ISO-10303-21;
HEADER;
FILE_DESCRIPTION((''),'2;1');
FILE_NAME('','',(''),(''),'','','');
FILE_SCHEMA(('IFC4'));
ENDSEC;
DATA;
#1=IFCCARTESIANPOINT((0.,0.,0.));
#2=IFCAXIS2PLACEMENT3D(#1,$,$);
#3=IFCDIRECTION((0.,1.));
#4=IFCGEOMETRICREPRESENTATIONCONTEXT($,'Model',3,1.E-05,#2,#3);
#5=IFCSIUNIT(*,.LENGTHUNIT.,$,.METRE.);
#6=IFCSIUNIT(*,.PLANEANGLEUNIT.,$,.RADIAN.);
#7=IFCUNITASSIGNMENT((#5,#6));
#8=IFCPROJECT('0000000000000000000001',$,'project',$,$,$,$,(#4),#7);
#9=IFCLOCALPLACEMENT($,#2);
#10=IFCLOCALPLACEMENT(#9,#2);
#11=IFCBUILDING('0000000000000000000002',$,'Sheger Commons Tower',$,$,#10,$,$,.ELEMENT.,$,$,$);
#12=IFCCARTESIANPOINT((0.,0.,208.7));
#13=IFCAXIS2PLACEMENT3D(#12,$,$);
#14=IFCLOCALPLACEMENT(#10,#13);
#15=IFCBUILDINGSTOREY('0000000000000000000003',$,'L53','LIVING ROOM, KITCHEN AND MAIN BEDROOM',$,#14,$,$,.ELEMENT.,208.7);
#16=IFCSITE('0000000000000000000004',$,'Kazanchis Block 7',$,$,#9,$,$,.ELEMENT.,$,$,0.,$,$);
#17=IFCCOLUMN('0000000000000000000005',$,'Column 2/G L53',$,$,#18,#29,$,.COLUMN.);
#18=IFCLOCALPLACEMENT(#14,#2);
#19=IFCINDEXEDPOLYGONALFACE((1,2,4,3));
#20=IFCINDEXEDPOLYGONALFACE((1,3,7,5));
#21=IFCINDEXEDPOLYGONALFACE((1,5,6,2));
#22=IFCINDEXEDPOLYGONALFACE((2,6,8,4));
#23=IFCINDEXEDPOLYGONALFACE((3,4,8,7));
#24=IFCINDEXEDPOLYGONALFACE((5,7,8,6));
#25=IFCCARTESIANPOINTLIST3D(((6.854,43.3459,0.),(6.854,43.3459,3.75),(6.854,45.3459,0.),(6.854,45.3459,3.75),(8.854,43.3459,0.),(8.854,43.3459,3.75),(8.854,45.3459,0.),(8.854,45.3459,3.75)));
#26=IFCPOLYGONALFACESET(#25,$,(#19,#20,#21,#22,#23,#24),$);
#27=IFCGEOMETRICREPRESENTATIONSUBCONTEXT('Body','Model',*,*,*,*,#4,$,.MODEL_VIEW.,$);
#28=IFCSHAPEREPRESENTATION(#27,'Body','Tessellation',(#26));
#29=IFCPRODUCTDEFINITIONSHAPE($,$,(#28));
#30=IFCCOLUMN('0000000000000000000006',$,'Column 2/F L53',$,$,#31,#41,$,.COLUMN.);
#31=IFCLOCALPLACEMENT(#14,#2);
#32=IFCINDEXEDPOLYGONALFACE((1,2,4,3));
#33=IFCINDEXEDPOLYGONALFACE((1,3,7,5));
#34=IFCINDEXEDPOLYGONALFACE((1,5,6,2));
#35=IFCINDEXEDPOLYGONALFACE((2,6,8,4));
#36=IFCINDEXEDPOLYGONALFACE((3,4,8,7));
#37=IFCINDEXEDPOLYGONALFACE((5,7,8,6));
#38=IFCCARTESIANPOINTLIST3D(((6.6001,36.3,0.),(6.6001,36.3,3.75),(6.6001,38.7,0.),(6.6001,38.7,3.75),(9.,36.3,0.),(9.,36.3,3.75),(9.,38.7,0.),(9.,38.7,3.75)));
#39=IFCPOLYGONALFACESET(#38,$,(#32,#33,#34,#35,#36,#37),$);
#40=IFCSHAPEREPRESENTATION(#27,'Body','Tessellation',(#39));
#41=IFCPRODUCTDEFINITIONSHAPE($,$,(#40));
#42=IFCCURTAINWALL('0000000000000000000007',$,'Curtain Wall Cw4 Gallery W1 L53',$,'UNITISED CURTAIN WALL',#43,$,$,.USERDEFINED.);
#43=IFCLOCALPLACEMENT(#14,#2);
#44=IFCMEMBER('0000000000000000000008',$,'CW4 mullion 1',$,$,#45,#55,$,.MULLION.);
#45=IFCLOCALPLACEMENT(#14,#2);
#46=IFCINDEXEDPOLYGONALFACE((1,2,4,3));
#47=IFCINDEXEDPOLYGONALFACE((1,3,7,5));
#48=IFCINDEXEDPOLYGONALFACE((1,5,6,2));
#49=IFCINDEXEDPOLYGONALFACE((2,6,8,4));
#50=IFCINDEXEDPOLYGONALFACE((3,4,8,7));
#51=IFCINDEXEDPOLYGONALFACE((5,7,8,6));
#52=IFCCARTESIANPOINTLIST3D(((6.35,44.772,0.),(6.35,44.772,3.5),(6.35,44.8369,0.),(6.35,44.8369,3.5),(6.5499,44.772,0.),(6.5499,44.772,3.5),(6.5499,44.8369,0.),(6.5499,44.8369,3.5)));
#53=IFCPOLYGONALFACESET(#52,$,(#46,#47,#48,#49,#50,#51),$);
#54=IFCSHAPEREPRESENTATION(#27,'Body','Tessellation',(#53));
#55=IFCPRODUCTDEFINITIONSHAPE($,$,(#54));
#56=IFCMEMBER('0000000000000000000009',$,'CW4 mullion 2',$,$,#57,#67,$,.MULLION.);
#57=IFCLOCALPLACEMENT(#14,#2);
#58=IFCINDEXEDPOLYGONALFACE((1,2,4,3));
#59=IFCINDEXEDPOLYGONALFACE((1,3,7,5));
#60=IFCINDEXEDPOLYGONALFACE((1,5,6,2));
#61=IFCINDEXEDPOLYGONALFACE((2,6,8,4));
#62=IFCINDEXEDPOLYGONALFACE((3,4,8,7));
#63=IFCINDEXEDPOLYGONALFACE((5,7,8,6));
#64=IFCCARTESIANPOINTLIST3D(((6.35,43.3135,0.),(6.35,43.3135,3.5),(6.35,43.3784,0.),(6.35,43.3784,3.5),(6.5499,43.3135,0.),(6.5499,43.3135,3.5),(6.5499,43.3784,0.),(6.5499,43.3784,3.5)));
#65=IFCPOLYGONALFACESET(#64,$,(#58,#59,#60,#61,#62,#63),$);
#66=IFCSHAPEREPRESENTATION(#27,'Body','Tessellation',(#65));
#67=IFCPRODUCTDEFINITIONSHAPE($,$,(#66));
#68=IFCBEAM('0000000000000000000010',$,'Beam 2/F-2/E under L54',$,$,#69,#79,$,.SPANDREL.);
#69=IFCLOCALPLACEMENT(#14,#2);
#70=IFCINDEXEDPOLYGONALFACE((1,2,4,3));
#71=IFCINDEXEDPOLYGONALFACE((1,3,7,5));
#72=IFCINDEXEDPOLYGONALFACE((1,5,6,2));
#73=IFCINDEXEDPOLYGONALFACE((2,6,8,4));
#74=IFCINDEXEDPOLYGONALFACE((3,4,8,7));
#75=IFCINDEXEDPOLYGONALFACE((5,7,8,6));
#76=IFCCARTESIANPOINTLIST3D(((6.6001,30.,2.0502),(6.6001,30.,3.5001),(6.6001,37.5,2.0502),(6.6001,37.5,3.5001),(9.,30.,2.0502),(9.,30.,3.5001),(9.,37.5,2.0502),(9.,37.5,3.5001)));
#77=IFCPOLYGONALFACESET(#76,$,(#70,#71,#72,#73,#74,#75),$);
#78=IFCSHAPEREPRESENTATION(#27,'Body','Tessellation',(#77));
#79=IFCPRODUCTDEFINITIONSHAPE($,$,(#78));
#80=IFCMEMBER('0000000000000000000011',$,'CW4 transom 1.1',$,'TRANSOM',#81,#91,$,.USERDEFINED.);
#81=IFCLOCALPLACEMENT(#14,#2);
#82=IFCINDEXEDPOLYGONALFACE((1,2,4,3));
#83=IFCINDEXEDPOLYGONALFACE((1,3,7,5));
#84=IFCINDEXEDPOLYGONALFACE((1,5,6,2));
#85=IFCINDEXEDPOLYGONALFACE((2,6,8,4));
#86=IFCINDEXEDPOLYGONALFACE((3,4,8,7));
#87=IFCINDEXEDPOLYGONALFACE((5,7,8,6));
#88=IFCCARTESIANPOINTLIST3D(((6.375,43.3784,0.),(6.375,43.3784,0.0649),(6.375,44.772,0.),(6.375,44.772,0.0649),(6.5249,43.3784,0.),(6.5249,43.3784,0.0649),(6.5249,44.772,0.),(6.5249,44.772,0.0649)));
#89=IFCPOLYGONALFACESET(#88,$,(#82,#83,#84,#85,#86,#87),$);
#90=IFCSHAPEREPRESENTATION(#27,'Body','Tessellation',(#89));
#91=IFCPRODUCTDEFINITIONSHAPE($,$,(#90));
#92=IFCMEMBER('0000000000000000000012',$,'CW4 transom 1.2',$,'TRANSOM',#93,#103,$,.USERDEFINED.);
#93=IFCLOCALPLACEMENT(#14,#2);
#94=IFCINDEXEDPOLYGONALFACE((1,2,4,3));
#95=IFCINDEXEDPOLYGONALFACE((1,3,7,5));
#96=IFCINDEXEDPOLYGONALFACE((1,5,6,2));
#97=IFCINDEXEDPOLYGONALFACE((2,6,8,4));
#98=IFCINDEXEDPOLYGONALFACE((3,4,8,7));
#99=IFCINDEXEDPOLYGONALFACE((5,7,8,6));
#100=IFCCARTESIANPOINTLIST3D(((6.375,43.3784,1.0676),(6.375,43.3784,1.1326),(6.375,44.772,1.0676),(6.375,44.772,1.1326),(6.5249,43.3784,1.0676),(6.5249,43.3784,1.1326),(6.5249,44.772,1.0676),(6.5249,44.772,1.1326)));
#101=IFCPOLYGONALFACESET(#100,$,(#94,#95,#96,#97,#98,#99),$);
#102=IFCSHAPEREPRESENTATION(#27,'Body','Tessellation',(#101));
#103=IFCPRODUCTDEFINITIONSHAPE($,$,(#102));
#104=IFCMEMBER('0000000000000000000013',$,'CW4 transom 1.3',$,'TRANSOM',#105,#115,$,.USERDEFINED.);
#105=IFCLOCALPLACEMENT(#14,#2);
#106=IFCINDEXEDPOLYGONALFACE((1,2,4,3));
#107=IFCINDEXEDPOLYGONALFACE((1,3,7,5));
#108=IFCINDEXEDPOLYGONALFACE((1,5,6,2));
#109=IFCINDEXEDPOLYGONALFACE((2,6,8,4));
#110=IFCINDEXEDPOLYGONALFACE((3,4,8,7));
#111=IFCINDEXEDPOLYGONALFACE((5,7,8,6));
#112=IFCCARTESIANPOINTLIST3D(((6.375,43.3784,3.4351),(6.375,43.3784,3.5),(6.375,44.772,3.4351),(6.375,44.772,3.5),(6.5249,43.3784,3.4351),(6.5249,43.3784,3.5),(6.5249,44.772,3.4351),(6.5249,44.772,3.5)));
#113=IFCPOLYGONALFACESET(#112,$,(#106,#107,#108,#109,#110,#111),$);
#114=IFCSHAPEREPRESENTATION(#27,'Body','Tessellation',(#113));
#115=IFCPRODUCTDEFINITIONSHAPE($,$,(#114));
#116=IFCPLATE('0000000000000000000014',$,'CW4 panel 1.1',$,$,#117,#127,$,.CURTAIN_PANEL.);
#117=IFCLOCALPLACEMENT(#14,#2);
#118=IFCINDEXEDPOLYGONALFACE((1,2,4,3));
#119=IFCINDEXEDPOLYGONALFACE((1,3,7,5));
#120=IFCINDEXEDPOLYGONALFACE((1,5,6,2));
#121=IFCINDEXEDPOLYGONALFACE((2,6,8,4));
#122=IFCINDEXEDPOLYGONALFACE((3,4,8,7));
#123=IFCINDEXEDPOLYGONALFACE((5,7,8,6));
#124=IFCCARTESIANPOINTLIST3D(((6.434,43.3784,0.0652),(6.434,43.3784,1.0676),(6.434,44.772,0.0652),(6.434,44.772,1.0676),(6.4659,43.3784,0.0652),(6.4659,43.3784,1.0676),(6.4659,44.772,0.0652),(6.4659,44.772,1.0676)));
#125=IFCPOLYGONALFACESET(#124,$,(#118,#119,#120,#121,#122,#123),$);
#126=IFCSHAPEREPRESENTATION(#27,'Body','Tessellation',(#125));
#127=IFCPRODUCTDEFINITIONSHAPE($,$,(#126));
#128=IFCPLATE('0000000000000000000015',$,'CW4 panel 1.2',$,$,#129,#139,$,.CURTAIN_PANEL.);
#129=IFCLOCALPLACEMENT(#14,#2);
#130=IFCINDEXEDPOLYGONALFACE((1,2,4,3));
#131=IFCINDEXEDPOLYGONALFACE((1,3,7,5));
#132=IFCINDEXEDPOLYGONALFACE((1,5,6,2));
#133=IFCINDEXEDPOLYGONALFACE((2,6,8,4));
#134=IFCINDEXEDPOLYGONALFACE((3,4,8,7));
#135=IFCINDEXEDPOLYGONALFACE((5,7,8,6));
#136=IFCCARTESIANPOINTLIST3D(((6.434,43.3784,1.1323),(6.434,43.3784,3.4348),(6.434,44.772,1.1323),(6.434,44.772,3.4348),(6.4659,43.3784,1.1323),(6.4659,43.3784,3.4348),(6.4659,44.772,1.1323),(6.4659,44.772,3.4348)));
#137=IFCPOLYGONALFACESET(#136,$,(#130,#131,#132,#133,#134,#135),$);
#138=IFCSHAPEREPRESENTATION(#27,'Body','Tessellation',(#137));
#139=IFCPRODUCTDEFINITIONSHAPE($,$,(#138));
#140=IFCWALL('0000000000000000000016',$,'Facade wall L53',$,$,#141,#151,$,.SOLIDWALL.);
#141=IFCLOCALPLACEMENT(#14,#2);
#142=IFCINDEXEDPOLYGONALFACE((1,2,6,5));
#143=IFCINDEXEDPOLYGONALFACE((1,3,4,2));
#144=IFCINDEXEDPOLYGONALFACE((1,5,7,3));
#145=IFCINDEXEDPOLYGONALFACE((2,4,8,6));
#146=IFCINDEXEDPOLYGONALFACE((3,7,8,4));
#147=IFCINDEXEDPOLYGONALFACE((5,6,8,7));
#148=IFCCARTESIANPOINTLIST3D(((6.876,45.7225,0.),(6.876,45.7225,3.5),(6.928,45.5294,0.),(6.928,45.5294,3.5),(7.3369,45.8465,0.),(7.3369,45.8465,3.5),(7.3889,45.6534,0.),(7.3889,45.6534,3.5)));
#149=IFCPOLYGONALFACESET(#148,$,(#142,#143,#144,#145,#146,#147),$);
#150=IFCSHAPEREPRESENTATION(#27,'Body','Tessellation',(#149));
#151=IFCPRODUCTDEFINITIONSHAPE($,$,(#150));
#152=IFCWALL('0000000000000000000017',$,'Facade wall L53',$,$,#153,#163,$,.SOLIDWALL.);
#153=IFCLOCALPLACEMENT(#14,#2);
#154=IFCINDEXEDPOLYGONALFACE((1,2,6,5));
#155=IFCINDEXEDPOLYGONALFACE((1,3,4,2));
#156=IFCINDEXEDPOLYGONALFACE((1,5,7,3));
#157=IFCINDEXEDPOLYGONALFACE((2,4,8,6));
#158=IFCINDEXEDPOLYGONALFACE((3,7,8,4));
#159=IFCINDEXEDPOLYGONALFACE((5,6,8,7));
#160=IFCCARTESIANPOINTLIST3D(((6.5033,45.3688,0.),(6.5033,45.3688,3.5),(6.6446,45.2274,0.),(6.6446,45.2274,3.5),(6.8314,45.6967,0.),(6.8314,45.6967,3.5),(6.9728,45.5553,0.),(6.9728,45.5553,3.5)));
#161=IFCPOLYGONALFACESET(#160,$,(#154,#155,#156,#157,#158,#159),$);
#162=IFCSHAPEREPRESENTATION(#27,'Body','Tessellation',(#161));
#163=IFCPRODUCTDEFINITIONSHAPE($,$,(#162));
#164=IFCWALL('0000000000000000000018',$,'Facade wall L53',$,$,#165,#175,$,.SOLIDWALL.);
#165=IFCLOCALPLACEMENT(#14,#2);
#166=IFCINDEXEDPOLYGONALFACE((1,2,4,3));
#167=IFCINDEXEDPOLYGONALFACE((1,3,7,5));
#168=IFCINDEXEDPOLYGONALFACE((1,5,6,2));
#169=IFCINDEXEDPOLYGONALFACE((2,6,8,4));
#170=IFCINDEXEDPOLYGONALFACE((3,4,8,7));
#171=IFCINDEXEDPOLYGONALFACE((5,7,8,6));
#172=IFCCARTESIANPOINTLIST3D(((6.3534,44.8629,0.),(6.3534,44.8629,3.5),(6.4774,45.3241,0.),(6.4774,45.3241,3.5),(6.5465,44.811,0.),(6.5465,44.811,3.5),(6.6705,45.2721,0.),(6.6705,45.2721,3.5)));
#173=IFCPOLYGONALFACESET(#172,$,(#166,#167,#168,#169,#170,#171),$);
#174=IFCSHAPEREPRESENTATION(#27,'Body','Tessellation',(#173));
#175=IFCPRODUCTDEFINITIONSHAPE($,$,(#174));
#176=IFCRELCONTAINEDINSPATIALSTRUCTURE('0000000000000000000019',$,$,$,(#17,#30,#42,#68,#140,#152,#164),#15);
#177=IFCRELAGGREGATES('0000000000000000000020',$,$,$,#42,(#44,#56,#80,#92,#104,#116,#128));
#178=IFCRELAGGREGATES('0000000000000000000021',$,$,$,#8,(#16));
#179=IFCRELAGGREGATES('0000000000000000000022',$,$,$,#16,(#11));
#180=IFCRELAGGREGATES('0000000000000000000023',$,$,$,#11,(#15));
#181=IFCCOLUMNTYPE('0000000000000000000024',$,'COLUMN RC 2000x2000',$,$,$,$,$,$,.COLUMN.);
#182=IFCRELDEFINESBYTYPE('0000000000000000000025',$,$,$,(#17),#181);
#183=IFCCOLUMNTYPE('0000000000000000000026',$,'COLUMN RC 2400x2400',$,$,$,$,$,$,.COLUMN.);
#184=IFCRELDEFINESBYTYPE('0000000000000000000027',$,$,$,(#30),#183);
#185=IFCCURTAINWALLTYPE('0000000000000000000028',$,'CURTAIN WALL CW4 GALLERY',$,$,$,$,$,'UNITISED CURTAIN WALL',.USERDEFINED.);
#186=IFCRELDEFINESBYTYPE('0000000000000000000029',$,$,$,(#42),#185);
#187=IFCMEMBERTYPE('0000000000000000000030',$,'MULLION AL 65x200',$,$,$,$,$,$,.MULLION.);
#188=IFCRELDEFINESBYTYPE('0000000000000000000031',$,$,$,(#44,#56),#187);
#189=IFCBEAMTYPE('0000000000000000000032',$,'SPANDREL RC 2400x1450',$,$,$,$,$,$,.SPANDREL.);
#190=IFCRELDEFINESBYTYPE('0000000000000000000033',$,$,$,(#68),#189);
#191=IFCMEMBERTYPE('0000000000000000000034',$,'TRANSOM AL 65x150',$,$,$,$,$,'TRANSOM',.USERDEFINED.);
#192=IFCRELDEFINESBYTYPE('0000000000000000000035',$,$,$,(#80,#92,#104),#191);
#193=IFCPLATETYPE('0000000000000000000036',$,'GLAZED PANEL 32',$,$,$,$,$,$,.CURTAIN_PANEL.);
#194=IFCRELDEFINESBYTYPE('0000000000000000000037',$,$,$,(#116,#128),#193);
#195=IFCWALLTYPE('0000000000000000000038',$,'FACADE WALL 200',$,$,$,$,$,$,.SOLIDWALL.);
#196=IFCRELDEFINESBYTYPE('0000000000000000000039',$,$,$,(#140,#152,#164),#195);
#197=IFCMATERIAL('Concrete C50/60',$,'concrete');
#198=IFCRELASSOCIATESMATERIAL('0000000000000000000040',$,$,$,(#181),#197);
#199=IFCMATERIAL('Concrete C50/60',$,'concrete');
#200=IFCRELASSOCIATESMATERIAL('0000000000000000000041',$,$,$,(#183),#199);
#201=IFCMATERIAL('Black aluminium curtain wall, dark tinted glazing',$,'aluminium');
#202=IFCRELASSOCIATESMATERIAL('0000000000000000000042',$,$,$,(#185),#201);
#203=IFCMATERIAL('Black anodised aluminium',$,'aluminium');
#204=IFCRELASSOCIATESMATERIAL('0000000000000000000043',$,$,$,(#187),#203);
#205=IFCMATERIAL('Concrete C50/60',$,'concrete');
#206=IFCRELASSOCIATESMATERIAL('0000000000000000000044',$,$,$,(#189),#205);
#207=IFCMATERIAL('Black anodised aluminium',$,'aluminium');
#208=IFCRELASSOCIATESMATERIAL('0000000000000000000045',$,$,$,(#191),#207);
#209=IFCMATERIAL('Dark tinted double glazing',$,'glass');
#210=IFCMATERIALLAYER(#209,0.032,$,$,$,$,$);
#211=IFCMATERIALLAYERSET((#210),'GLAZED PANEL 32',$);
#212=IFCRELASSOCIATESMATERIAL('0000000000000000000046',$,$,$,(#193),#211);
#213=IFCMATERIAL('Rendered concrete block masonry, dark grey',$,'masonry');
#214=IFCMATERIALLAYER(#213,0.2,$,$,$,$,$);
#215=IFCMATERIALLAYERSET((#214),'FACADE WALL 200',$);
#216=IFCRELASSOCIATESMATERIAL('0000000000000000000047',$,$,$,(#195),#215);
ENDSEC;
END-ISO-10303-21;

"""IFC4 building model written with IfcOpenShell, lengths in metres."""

from ifc_helpers import new_model, si_unit, direction, frame, frame_2d, origin, origin_2d, place, context, subcontext, project, spatial, rectangle, extrude, material, layer, layer_set, material_profile, profile_set, type_object, element, aggregate, save


model = new_model("IFC4")

# Units and contexts
model_context = context("Model", 3, precision=1e-05, world=origin(), true_north=direction((0.0, 1.0)))
body_context = subcontext(model_context, "Body", "Model", "MODEL_VIEW")
ifc_project = project(units=[si_unit("LENGTHUNIT", "METRE"), si_unit("PLANEANGLEUNIT", "RADIAN")], contexts=[model_context])

# Site, building, storey
site_placement = place(None, origin())
site = spatial("IfcSite", under=ifc_project, at=site_placement, Name="Kazanchis Block 7", CompositionType="ELEMENT", RefElevation=0.0)
building_placement = place(site_placement, origin())
building = spatial("IfcBuilding", under=site, at=building_placement, Name="Sheger Commons Tower", CompositionType="ELEMENT")
storey_placement = place(building_placement, frame((0.0, 0.0, 208.7)))
storey = spatial("IfcBuildingStorey", under=building, at=storey_placement, Name="L53", Description="LIVING ROOM, KITCHEN AND MAIN BEDROOM", CompositionType="ELEMENT", Elevation=208.7)

# Columns
ifc_material_1 = material(Name="Concrete C50/60", Category="concrete")
ifc_material_profile_1 = material_profile(ifc_material_1, rectangle(XDim=2.0, YDim=2.0, at=origin_2d()), Name="RC 2000x2000")
ifc_profile_set_1 = profile_set([ifc_material_profile_1], Name="Concrete C50/60")
column_type_1 = type_object("IfcColumnType", Name="COLUMN RC 2000x2000", PredefinedType="COLUMN", material=ifc_profile_set_1)
column_1_placement = place(storey_placement, frame((7.854, 44.3459, 0.0), z_axis=(0.0, 0.0, 1.0), x_axis=(1.0, 0.0, 0.0)))
element("IfcColumn", 1, at=column_1_placement, inside=storey, type_object=column_type_1, Name="Column 2/G L53", PredefinedType="COLUMN", context=body_context, shape_type="SweptSolid", body=[
    extrude(rectangle(XDim=2.0, YDim=2.0, at=origin_2d()), origin(), (0.0, 0.0, 1.0), 3.75),
])
ifc_material_2 = material(Name="Concrete C50/60", Category="concrete")
ifc_material_profile_2 = material_profile(ifc_material_2, rectangle(XDim=2.3999, YDim=2.3999, at=origin_2d()), Name="RC 2400x2400")
ifc_profile_set_2 = profile_set([ifc_material_profile_2], Name="Concrete C50/60")
column_type_2 = type_object("IfcColumnType", Name="COLUMN RC 2400x2400", PredefinedType="COLUMN", material=ifc_profile_set_2)
column_2_placement = place(storey_placement, frame((7.8, 37.5, 0.0), z_axis=(0.0, 0.0, 1.0), x_axis=(1.0, 0.0, 0.0)))
element("IfcColumn", 2, at=column_2_placement, inside=storey, type_object=column_type_2, Name="Column 2/F L53", PredefinedType="COLUMN", context=body_context, shape_type="SweptSolid", body=[
    extrude(rectangle(XDim=2.3999, YDim=2.3999, at=origin_2d()), origin(), (0.0, 0.0, 1.0), 3.75),
])

# Curtain wall, members
ifc_material_3 = material(Name="Black aluminium curtain wall, dark tinted glazing", Category="aluminium")
curtain_wall_type = type_object("IfcCurtainWallType", Name="CURTAIN WALL CW4 GALLERY", ElementType="UNITISED CURTAIN WALL", PredefinedType="USERDEFINED", material=ifc_material_3)
curtain_wall_placement = place(storey_placement, origin())
curtain_wall = element("IfcCurtainWall", 3, at=curtain_wall_placement, inside=storey, type_object=curtain_wall_type, Name="Curtain Wall Cw4 Gallery W1 L53", ObjectType="UNITISED CURTAIN WALL", PredefinedType="USERDEFINED")
ifc_material_4 = material(Name="Black anodised aluminium", Category="aluminium")
ifc_material_profile_3 = material_profile(ifc_material_4, rectangle(XDim=0.2, YDim=0.0649, at=origin_2d()), Name="AL 65x200")
ifc_profile_set_3 = profile_set([ifc_material_profile_3], Name="Black anodised aluminium")
member_type_1 = type_object("IfcMemberType", Name="MULLION AL 65x200", PredefinedType="MULLION", material=ifc_profile_set_3)
member_1_placement = place(storey_placement, frame((6.45, 44.8044, 0.0), z_axis=(0.0, 0.0, 1.0), x_axis=(1.0, 0.0, 0.0)))
member_1 = element("IfcMember", 4, at=member_1_placement, type_object=member_type_1, Name="CW4 mullion 1", PredefinedType="MULLION", context=body_context, shape_type="SweptSolid", body=[
    extrude(rectangle(XDim=0.2, YDim=0.0649, at=origin_2d()), origin(), (0.0, 0.0, 1.0), 3.5),
])
member_2_placement = place(storey_placement, frame((6.45, 43.3459, 0.0), z_axis=(0.0, 0.0, 1.0), x_axis=(1.0, 0.0, 0.0)))
member_2 = element("IfcMember", 5, at=member_2_placement, type_object=member_type_1, Name="CW4 mullion 2", PredefinedType="MULLION", context=body_context, shape_type="SweptSolid", body=[
    extrude(rectangle(XDim=0.2, YDim=0.0649, at=origin_2d()), origin(), (0.0, 0.0, 1.0), 3.5),
])

# Beam
ifc_material_5 = material(Name="Concrete C50/60", Category="concrete")
ifc_material_profile_4 = material_profile(ifc_material_5, rectangle(XDim=2.3999, YDim=1.45, at=origin_2d()), Name="RC 2400x1450")
ifc_profile_set_4 = profile_set([ifc_material_profile_4], Name="Concrete C50/60")
beam_type = type_object("IfcBeamType", Name="SPANDREL RC 2400x1450", PredefinedType="SPANDREL", material=ifc_profile_set_4)
beam_placement = place(storey_placement, frame((7.8, 37.5, 2.7751), z_axis=(0.0, -1.0, 0.0), x_axis=(1.0, 0.0, 0.0)))
element("IfcBeam", 6, at=beam_placement, inside=storey, type_object=beam_type, Name="Beam 2/F-2/E under L54", PredefinedType="SPANDREL", context=body_context, shape_type="SweptSolid", body=[
    extrude(rectangle(XDim=2.3999, YDim=1.45, at=origin_2d()), origin(), (0.0, 0.0, 1.0), 7.5),
])

# Members
ifc_material_6 = material(Name="Black anodised aluminium", Category="aluminium")
ifc_material_profile_5 = material_profile(ifc_material_6, rectangle(XDim=0.1499, YDim=0.0649, at=origin_2d()), Name="AL 65x150")
ifc_profile_set_5 = profile_set([ifc_material_profile_5], Name="Black anodised aluminium")
member_type_2 = type_object("IfcMemberType", Name="TRANSOM AL 65x150", ElementType="TRANSOM", PredefinedType="USERDEFINED", material=ifc_profile_set_5)
member_3_placement = place(storey_placement, frame((6.45, 44.772, 0.0325), z_axis=(0.0, -1.0, 0.0), x_axis=(1.0, 0.0, 0.0)))
member_3 = element("IfcMember", 7, at=member_3_placement, type_object=member_type_2, Name="CW4 transom 1.1", ObjectType="TRANSOM", PredefinedType="USERDEFINED", context=body_context, shape_type="SweptSolid", body=[
    extrude(rectangle(XDim=0.1499, YDim=0.0649, at=origin_2d()), origin(), (0.0, 0.0, 1.0), 1.3936),
])
member_4_placement = place(storey_placement, frame((6.45, 44.772, 1.1001), z_axis=(0.0, -1.0, 0.0), x_axis=(1.0, 0.0, 0.0)))
member_4 = element("IfcMember", 8, at=member_4_placement, type_object=member_type_2, Name="CW4 transom 1.2", ObjectType="TRANSOM", PredefinedType="USERDEFINED", context=body_context, shape_type="SweptSolid", body=[
    extrude(rectangle(XDim=0.1499, YDim=0.0649, at=origin_2d()), origin(), (0.0, 0.0, 1.0), 1.3936),
])
member_5_placement = place(storey_placement, frame((6.45, 44.772, 3.4675), z_axis=(0.0, -1.0, 0.0), x_axis=(1.0, 0.0, 0.0)))
member_5 = element("IfcMember", 9, at=member_5_placement, type_object=member_type_2, Name="CW4 transom 1.3", ObjectType="TRANSOM", PredefinedType="USERDEFINED", context=body_context, shape_type="SweptSolid", body=[
    extrude(rectangle(XDim=0.1499, YDim=0.0649, at=origin_2d()), origin(), (0.0, 0.0, 1.0), 1.3936),
])

# Plates
ifc_material_7 = material(Name="Dark tinted double glazing", Category="glass")
ifc_layer_1 = layer(ifc_material_7, 0.032)
ifc_layer_set_1 = layer_set([ifc_layer_1], Name="GLAZED PANEL 32")
plate_type = type_object("IfcPlateType", Name="GLAZED PANEL 32", PredefinedType="CURTAIN_PANEL", material=ifc_layer_set_1)
plate_1_placement = place(storey_placement, frame((6.45, 44.0752, 0.0652), z_axis=(0.0, 0.0, 1.0), x_axis=(0.0, -1.0, 0.0)))
plate_1 = element("IfcPlate", 10, at=plate_1_placement, type_object=plate_type, Name="CW4 panel 1.1", PredefinedType="CURTAIN_PANEL", context=body_context, shape_type="SweptSolid", body=[
    extrude(rectangle(XDim=1.3936, YDim=0.032, at=origin_2d()), origin(), (0.0, 0.0, 1.0), 1.0024),
])
plate_2_placement = place(storey_placement, frame((6.45, 44.0752, 1.1323), z_axis=(0.0, 0.0, 1.0), x_axis=(0.0, -1.0, 0.0)))
plate_2 = element("IfcPlate", 11, at=plate_2_placement, type_object=plate_type, Name="CW4 panel 1.2", PredefinedType="CURTAIN_PANEL", context=body_context, shape_type="SweptSolid", body=[
    extrude(rectangle(XDim=1.3936, YDim=0.032, at=origin_2d()), origin(), (0.0, 0.0, 1.0), 2.3025),
])
aggregate(curtain_wall, [member_1, member_2, member_3, member_4, member_5, plate_1, plate_2])

# Walls
ifc_material_8 = material(Name="Rendered concrete block masonry, dark grey", Category="masonry")
ifc_layer_2 = layer(ifc_material_8, 0.2)
ifc_layer_set_2 = layer_set([ifc_layer_2], Name="FACADE WALL 200")
wall_type_1 = type_object("IfcWallType", Name="FACADE WALL 200", PredefinedType="SOLIDWALL", material=ifc_layer_set_2)
wall_1_placement = place(storey_placement, frame((7.363, 45.75, 0.0), z_axis=(0.0, 0.0, 1.0), x_axis=(-0.965655, -0.259827, 0.0)))
element("IfcWall", 12, at=wall_1_placement, inside=storey, type_object=wall_type_1, Name="Facade wall L53", PredefinedType="SOLIDWALL", context=body_context, shape_type="SweptSolid", body=[
    extrude(rectangle(XDim=0.4773, YDim=0.2, at=frame_2d((0.2388, 0.0))), origin(), (0.0, 0.0, 1.0), 3.5),
])
wall_2_placement = place(storey_placement, frame((6.9021, 45.626, 0.0), z_axis=(0.0, 0.0, 1.0), x_axis=(-0.70737, -0.706844, 0.0)))
element("IfcWall", 13, at=wall_2_placement, inside=storey, type_object=wall_type_1, Name="Facade wall L53", PredefinedType="SOLIDWALL", context=body_context, shape_type="SweptSolid", body=[
    extrude(rectangle(XDim=0.4639, YDim=0.2, at=frame_2d((0.2319, 0.0))), origin(), (0.0, 0.0, 1.0), 3.5),
])
wall_3_placement = place(storey_placement, frame((6.574, 45.2981, 0.0), z_axis=(0.0, 0.0, 1.0), x_axis=(-0.259698, -0.96569, 0.0)))
element("IfcWall", 14, at=wall_3_placement, inside=storey, type_object=wall_type_1, Name="Facade wall L53", PredefinedType="SOLIDWALL", context=body_context, shape_type="SweptSolid", body=[
    extrude(rectangle(XDim=0.4775, YDim=0.2, at=frame_2d((0.2388, 0.0))), origin(), (0.0, 0.0, 1.0), 3.5),
])

save(model, "model.ifc")
